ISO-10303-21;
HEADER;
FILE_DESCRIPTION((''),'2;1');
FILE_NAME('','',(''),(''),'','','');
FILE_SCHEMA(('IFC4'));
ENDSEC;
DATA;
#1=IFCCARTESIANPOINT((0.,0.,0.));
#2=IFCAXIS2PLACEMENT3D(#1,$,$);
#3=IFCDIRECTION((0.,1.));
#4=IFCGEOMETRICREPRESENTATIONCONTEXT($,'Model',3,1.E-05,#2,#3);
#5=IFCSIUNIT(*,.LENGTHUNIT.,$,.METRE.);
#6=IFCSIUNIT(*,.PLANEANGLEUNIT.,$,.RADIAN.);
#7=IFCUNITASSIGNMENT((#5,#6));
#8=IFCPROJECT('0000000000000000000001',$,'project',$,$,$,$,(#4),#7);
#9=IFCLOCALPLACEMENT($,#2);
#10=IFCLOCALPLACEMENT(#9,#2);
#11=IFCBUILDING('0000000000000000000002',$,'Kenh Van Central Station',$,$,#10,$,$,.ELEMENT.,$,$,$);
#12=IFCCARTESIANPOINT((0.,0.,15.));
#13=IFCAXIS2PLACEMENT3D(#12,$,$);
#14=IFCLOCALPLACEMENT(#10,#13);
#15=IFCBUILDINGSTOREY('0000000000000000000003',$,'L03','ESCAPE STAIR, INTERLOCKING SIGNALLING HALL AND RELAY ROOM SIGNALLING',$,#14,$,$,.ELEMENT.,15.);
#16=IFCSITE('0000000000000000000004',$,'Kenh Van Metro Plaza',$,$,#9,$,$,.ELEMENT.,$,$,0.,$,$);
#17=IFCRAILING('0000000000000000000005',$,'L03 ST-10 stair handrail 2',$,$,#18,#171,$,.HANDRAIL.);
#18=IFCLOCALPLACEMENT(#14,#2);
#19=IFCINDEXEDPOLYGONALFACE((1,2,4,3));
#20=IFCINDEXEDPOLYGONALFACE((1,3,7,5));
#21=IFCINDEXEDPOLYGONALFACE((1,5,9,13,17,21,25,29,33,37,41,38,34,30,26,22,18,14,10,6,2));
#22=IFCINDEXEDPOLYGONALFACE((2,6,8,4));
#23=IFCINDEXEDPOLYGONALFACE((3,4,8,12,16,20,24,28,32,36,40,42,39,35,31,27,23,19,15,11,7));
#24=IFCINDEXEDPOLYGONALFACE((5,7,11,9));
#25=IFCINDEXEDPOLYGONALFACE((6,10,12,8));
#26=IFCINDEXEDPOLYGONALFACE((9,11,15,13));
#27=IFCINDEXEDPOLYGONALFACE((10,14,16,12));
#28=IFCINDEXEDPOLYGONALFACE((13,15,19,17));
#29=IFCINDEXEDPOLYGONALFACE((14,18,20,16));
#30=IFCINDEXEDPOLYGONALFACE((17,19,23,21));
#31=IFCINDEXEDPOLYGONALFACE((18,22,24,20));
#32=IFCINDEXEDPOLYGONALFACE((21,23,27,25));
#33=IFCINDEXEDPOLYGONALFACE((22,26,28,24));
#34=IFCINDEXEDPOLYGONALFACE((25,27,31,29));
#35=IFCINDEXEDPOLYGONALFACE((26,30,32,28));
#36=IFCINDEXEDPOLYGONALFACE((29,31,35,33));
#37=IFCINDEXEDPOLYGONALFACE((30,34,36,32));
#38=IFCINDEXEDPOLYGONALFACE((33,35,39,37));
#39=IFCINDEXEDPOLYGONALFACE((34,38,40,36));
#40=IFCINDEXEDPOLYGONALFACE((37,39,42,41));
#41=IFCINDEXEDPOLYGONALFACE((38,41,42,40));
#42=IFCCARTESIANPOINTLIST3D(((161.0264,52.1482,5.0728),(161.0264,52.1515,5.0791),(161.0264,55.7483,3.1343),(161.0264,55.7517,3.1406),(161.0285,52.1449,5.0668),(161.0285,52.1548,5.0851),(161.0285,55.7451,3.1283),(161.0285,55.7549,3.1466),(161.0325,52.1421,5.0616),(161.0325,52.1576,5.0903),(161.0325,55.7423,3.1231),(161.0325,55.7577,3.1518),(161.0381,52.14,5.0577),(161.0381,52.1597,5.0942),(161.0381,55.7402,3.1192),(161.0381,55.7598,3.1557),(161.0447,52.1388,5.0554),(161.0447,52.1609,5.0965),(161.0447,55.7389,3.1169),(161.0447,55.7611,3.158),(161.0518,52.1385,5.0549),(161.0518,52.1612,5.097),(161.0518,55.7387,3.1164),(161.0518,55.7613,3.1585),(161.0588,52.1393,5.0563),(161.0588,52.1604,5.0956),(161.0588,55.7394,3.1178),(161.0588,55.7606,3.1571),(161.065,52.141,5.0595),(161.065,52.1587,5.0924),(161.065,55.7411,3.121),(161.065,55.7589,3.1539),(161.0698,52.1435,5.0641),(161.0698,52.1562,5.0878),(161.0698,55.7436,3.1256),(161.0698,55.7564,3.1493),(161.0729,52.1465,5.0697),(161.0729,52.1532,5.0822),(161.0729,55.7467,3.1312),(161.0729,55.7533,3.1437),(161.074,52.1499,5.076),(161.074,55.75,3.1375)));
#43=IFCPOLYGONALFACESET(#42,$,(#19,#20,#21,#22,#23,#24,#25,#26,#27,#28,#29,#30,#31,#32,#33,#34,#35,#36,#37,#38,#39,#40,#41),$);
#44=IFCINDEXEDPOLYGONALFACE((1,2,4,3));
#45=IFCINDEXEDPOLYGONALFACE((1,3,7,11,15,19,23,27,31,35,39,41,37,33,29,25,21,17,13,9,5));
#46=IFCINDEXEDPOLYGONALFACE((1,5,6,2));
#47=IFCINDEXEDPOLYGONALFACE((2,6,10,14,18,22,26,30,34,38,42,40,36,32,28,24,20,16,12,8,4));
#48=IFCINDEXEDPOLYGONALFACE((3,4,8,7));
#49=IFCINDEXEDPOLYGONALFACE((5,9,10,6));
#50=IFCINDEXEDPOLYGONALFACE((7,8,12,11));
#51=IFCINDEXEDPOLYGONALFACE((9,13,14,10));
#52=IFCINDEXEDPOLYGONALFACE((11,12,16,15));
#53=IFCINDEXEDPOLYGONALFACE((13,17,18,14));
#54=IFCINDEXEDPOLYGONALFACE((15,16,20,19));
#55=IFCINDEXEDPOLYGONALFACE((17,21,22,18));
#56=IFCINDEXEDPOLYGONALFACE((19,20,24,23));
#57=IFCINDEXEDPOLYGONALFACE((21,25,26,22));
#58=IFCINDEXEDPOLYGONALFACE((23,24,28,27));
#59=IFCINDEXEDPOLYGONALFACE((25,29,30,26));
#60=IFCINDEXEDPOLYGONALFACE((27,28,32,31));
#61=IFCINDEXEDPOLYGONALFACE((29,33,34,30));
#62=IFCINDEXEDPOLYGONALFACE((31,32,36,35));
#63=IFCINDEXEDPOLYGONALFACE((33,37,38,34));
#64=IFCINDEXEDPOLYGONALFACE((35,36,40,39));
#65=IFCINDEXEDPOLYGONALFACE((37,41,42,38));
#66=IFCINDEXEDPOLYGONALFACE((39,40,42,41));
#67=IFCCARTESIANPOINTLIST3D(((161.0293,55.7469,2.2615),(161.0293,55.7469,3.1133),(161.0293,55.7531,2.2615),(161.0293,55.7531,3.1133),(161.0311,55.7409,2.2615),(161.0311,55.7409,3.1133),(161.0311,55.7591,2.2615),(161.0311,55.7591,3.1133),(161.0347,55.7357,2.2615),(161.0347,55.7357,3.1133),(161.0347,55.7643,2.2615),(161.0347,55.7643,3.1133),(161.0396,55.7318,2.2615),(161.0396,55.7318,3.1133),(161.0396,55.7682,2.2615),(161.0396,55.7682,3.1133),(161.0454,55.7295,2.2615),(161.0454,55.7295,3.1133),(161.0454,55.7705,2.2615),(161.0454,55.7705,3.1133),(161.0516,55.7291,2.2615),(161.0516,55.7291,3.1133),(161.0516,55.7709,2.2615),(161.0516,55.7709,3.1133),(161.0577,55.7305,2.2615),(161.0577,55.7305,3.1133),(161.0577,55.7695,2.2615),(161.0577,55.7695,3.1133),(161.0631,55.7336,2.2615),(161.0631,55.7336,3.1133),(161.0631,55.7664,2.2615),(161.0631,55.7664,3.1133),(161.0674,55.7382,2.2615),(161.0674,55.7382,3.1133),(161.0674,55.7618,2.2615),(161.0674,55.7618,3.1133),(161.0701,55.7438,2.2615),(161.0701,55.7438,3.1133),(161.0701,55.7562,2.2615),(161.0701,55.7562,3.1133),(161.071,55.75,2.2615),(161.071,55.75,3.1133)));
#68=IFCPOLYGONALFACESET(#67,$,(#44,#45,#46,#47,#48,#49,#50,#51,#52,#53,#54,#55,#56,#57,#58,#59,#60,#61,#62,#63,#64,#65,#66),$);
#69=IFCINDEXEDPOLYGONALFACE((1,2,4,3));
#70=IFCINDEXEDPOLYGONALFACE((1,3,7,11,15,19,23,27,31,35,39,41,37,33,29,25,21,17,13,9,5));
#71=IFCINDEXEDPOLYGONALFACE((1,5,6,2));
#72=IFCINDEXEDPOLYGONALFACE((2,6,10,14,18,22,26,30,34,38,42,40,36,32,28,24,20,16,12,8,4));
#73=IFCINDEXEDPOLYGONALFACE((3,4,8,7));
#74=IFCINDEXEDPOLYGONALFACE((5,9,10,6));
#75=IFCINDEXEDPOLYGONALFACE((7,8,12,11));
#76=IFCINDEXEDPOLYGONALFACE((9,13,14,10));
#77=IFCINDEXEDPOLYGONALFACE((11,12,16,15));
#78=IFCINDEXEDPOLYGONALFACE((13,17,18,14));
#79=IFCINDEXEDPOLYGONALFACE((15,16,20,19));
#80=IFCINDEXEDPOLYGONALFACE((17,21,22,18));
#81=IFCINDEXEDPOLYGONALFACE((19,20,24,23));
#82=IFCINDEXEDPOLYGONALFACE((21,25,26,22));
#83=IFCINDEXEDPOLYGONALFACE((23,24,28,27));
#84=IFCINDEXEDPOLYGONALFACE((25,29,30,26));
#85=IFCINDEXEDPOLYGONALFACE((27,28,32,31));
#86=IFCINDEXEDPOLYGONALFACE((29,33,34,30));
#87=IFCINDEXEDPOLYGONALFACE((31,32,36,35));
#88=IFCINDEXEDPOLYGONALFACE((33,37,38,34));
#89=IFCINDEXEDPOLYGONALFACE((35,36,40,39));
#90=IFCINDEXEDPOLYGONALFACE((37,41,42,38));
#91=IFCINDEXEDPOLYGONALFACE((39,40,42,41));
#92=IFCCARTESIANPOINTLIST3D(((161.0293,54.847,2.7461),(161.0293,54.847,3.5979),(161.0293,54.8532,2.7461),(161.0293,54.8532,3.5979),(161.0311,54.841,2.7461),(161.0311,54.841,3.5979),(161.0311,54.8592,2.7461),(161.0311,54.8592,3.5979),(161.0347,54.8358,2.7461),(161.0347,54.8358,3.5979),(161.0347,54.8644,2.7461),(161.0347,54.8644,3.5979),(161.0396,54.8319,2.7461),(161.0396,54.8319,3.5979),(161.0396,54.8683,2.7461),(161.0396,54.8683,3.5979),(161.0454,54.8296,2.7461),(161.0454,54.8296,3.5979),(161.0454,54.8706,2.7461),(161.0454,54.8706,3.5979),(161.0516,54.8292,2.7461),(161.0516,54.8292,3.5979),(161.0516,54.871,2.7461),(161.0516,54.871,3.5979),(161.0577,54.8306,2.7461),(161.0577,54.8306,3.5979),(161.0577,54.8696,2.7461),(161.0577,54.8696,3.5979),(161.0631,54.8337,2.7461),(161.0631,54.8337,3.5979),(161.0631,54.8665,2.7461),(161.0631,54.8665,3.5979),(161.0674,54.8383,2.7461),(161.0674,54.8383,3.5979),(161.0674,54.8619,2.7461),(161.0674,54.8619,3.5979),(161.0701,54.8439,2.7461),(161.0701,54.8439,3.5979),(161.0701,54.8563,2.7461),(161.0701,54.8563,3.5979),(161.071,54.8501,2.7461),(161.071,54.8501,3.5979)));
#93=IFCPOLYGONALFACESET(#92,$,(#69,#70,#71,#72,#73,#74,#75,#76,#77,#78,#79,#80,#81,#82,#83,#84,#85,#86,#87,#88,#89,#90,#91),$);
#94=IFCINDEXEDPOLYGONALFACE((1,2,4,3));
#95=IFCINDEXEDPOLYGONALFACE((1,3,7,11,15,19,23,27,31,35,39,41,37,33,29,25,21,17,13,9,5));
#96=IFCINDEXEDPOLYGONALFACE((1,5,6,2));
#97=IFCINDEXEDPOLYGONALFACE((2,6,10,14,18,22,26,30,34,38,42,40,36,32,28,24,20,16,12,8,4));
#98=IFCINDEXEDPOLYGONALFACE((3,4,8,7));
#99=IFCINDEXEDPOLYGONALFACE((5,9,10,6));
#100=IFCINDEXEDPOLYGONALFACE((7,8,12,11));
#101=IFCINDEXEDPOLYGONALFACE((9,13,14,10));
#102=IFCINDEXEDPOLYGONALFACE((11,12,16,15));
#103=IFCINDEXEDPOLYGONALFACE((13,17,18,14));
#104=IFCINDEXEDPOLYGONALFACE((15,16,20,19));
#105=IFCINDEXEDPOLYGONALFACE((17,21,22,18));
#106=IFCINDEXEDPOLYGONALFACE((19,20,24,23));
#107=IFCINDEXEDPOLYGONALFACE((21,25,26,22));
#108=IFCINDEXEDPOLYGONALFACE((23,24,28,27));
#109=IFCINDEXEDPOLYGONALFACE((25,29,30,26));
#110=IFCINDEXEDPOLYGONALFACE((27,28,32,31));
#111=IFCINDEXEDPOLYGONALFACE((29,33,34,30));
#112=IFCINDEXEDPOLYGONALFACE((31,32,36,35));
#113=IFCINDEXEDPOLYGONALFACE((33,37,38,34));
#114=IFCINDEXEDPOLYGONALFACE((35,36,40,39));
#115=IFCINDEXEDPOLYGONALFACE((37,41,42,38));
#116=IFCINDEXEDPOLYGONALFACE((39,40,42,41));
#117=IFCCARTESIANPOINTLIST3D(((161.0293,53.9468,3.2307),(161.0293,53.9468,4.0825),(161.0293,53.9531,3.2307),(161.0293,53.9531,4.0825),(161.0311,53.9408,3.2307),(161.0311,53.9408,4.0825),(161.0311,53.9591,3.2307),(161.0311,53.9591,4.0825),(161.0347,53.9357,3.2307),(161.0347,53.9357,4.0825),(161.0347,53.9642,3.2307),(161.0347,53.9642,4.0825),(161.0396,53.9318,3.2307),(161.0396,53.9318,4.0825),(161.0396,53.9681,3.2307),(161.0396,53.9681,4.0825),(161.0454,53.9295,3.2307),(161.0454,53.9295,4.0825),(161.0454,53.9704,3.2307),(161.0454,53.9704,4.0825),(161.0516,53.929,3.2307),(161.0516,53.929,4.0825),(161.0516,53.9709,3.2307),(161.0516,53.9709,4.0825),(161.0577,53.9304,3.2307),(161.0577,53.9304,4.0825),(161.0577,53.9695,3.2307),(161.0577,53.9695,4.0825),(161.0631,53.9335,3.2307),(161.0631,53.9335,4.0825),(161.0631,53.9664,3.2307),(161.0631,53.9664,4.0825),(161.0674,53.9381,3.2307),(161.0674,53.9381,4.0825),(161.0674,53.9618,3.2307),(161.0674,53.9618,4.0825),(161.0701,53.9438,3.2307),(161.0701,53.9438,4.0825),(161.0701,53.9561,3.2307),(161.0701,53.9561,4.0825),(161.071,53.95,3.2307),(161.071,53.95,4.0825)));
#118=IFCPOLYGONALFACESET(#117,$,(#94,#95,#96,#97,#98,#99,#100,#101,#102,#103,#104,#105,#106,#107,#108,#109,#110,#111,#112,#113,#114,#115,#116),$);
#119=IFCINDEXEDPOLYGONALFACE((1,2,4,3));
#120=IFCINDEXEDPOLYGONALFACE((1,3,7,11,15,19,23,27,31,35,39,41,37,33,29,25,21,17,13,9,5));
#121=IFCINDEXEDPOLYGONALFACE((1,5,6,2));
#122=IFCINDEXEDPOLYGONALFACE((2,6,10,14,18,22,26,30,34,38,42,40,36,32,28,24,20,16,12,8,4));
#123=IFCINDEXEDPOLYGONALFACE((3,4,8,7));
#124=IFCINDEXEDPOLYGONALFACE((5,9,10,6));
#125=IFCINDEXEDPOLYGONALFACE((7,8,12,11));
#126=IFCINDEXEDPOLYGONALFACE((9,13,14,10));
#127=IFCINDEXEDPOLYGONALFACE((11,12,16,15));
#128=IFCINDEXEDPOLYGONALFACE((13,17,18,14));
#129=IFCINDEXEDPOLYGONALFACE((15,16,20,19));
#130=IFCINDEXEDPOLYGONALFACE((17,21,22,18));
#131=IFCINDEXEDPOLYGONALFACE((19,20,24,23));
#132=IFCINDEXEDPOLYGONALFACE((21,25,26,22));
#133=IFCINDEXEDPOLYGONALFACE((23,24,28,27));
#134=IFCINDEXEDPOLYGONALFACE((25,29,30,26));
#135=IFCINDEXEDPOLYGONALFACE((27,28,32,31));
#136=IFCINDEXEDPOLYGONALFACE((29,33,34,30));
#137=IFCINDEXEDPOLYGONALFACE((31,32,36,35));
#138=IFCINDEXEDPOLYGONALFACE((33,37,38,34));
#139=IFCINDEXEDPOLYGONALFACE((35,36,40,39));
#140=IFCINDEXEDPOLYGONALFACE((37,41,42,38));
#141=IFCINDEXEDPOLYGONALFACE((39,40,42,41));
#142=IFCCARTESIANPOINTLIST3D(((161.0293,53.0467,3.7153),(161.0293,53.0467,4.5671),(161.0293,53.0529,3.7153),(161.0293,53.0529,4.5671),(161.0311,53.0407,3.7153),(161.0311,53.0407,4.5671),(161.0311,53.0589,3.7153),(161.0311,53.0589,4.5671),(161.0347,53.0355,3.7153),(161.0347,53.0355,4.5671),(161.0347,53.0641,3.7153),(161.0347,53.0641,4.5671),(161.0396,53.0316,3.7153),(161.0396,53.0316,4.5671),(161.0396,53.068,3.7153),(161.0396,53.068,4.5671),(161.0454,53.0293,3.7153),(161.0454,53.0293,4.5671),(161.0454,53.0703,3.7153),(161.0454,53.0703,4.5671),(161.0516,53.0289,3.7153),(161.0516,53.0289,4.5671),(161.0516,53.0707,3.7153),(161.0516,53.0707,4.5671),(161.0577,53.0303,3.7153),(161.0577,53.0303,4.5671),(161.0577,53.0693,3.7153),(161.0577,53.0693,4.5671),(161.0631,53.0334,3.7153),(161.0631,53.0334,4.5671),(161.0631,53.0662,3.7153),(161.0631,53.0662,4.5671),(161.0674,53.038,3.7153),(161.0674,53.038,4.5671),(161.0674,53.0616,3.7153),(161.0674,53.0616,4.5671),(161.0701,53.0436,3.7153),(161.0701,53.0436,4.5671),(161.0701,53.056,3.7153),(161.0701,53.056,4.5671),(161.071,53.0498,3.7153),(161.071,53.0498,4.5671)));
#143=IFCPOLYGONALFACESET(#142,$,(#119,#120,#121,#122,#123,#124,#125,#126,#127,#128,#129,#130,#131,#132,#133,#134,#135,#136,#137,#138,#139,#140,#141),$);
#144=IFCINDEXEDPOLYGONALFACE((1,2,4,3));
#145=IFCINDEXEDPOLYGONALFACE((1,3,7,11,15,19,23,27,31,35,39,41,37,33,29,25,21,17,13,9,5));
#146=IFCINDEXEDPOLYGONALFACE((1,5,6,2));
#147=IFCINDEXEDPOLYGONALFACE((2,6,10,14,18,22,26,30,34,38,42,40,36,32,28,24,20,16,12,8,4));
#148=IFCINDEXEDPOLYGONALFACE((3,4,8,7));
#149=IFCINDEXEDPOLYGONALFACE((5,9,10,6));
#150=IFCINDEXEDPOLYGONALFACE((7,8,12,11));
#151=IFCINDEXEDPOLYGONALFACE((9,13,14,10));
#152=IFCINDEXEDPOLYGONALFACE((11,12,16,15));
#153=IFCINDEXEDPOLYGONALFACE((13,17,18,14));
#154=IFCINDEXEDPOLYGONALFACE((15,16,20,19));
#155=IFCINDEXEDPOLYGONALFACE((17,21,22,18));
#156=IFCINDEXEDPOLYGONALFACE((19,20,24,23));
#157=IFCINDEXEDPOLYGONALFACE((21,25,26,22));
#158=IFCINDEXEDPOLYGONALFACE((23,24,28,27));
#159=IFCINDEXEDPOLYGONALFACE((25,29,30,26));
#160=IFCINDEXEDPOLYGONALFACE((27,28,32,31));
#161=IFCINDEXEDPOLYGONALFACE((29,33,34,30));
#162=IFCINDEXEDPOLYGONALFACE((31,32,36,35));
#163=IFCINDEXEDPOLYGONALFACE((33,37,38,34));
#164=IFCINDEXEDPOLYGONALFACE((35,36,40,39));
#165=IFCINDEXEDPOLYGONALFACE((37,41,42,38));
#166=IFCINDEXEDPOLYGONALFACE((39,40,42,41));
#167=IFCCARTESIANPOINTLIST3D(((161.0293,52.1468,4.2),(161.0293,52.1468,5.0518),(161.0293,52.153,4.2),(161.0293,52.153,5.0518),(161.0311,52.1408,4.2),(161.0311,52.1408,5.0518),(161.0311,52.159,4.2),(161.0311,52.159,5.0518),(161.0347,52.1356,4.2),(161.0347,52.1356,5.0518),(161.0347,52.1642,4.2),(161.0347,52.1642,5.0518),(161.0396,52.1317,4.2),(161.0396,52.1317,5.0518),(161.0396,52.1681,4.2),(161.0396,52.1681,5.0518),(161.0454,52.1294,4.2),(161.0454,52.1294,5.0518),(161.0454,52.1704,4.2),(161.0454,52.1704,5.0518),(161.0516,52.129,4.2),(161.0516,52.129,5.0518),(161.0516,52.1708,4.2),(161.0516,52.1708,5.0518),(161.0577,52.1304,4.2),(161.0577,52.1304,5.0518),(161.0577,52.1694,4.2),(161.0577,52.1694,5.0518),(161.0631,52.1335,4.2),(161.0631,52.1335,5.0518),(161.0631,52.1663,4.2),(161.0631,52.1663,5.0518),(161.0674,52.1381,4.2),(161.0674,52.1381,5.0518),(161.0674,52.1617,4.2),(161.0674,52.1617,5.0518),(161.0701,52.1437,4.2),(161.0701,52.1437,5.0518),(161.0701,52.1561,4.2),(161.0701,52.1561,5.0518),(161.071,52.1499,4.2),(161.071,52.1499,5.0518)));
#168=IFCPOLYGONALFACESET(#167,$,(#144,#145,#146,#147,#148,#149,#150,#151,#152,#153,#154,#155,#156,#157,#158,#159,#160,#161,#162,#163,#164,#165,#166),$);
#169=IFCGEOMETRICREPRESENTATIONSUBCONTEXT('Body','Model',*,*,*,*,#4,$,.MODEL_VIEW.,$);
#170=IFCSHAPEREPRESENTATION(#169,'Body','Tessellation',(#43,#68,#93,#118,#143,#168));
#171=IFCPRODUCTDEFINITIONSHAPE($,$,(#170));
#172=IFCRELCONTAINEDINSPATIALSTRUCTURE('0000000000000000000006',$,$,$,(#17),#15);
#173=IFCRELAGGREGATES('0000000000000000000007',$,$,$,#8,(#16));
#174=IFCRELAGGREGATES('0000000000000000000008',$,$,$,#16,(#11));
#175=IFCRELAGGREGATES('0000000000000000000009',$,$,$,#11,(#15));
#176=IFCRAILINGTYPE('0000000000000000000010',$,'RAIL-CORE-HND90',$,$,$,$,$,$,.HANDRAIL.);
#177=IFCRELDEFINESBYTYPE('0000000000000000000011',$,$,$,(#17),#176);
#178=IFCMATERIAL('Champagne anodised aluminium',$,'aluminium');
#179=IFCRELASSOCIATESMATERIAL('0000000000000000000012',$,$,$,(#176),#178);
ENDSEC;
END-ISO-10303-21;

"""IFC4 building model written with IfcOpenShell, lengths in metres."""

from ifc_helpers import new_model, si_unit, direction, frame, origin, origin_2d, place, context, subcontext, project, spatial, circle, extrude, material, type_object, element, save


model = new_model("IFC4")

# Units and contexts
model_context = context("Model", 3, precision=1e-05, world=origin(), true_north=direction((0.0, 1.0)))
body_context = subcontext(model_context, "Body", "Model", "MODEL_VIEW")
ifc_project = project(units=[si_unit("LENGTHUNIT", "METRE"), si_unit("PLANEANGLEUNIT", "RADIAN")], contexts=[model_context])

# Site, building, storey
site_placement = place(None, origin())
site = spatial("IfcSite", under=ifc_project, at=site_placement, Name="Kenh Van Metro Plaza", CompositionType="ELEMENT", RefElevation=0.0)
building_placement = place(site_placement, origin())
building = spatial("IfcBuilding", under=site, at=building_placement, Name="Kenh Van Central Station", CompositionType="ELEMENT")
storey_placement = place(building_placement, frame((0.0, 0.0, 15.0)))
storey = spatial("IfcBuildingStorey", under=building, at=storey_placement, Name="L03", Description="ESCAPE STAIR, INTERLOCKING SIGNALLING HALL AND RELAY ROOM SIGNALLING", CompositionType="ELEMENT", Elevation=15.0)

# Railing
ifc_material_1 = material(Name="Champagne anodised aluminium", Category="aluminium")
railing_type_1 = type_object("IfcRailingType", Name="RAIL-CORE-HND90", PredefinedType="HANDRAIL", material=ifc_material_1)
railing_1_placement = place(storey_placement, frame((161.05, 55.75, 2.2615)))
element("IfcRailing", 1, at=railing_1_placement, inside=storey, type_object=railing_type_1, Name="L03 ST-10 stair handrail 2", PredefinedType="HANDRAIL", context=body_context, shape_type="SweptSolid", body=[
    extrude(circle(Radius=0.0239, at=origin_2d()), frame((0.0, 0.0, 0.876), z_axis=(0.0, -0.880475, 0.474093), x_axis=(1.0, 0.0, 0.0)), (0.0, 0.0, 1.0), 4.0889),
    extrude(circle(Radius=0.021, at=origin_2d()), origin(), (0.0, 0.0, 1.0), 0.8518),
    extrude(circle(Radius=0.021, at=origin_2d()), frame((0.0, -0.8999, 0.4846)), (0.0, 0.0, 1.0), 0.8518),
    extrude(circle(Radius=0.021, at=origin_2d()), frame((0.0, -1.8, 0.9692)), (0.0, 0.0, 1.0), 0.8518),
    extrude(circle(Radius=0.021, at=origin_2d()), frame((0.0, -2.7002, 1.4539)), (0.0, 0.0, 1.0), 0.8518),
    extrude(circle(Radius=0.021, at=origin_2d()), frame((0.0, -3.6001, 1.9385)), (0.0, 0.0, 1.0), 0.8518),
])

save(model, "model.ifc")
